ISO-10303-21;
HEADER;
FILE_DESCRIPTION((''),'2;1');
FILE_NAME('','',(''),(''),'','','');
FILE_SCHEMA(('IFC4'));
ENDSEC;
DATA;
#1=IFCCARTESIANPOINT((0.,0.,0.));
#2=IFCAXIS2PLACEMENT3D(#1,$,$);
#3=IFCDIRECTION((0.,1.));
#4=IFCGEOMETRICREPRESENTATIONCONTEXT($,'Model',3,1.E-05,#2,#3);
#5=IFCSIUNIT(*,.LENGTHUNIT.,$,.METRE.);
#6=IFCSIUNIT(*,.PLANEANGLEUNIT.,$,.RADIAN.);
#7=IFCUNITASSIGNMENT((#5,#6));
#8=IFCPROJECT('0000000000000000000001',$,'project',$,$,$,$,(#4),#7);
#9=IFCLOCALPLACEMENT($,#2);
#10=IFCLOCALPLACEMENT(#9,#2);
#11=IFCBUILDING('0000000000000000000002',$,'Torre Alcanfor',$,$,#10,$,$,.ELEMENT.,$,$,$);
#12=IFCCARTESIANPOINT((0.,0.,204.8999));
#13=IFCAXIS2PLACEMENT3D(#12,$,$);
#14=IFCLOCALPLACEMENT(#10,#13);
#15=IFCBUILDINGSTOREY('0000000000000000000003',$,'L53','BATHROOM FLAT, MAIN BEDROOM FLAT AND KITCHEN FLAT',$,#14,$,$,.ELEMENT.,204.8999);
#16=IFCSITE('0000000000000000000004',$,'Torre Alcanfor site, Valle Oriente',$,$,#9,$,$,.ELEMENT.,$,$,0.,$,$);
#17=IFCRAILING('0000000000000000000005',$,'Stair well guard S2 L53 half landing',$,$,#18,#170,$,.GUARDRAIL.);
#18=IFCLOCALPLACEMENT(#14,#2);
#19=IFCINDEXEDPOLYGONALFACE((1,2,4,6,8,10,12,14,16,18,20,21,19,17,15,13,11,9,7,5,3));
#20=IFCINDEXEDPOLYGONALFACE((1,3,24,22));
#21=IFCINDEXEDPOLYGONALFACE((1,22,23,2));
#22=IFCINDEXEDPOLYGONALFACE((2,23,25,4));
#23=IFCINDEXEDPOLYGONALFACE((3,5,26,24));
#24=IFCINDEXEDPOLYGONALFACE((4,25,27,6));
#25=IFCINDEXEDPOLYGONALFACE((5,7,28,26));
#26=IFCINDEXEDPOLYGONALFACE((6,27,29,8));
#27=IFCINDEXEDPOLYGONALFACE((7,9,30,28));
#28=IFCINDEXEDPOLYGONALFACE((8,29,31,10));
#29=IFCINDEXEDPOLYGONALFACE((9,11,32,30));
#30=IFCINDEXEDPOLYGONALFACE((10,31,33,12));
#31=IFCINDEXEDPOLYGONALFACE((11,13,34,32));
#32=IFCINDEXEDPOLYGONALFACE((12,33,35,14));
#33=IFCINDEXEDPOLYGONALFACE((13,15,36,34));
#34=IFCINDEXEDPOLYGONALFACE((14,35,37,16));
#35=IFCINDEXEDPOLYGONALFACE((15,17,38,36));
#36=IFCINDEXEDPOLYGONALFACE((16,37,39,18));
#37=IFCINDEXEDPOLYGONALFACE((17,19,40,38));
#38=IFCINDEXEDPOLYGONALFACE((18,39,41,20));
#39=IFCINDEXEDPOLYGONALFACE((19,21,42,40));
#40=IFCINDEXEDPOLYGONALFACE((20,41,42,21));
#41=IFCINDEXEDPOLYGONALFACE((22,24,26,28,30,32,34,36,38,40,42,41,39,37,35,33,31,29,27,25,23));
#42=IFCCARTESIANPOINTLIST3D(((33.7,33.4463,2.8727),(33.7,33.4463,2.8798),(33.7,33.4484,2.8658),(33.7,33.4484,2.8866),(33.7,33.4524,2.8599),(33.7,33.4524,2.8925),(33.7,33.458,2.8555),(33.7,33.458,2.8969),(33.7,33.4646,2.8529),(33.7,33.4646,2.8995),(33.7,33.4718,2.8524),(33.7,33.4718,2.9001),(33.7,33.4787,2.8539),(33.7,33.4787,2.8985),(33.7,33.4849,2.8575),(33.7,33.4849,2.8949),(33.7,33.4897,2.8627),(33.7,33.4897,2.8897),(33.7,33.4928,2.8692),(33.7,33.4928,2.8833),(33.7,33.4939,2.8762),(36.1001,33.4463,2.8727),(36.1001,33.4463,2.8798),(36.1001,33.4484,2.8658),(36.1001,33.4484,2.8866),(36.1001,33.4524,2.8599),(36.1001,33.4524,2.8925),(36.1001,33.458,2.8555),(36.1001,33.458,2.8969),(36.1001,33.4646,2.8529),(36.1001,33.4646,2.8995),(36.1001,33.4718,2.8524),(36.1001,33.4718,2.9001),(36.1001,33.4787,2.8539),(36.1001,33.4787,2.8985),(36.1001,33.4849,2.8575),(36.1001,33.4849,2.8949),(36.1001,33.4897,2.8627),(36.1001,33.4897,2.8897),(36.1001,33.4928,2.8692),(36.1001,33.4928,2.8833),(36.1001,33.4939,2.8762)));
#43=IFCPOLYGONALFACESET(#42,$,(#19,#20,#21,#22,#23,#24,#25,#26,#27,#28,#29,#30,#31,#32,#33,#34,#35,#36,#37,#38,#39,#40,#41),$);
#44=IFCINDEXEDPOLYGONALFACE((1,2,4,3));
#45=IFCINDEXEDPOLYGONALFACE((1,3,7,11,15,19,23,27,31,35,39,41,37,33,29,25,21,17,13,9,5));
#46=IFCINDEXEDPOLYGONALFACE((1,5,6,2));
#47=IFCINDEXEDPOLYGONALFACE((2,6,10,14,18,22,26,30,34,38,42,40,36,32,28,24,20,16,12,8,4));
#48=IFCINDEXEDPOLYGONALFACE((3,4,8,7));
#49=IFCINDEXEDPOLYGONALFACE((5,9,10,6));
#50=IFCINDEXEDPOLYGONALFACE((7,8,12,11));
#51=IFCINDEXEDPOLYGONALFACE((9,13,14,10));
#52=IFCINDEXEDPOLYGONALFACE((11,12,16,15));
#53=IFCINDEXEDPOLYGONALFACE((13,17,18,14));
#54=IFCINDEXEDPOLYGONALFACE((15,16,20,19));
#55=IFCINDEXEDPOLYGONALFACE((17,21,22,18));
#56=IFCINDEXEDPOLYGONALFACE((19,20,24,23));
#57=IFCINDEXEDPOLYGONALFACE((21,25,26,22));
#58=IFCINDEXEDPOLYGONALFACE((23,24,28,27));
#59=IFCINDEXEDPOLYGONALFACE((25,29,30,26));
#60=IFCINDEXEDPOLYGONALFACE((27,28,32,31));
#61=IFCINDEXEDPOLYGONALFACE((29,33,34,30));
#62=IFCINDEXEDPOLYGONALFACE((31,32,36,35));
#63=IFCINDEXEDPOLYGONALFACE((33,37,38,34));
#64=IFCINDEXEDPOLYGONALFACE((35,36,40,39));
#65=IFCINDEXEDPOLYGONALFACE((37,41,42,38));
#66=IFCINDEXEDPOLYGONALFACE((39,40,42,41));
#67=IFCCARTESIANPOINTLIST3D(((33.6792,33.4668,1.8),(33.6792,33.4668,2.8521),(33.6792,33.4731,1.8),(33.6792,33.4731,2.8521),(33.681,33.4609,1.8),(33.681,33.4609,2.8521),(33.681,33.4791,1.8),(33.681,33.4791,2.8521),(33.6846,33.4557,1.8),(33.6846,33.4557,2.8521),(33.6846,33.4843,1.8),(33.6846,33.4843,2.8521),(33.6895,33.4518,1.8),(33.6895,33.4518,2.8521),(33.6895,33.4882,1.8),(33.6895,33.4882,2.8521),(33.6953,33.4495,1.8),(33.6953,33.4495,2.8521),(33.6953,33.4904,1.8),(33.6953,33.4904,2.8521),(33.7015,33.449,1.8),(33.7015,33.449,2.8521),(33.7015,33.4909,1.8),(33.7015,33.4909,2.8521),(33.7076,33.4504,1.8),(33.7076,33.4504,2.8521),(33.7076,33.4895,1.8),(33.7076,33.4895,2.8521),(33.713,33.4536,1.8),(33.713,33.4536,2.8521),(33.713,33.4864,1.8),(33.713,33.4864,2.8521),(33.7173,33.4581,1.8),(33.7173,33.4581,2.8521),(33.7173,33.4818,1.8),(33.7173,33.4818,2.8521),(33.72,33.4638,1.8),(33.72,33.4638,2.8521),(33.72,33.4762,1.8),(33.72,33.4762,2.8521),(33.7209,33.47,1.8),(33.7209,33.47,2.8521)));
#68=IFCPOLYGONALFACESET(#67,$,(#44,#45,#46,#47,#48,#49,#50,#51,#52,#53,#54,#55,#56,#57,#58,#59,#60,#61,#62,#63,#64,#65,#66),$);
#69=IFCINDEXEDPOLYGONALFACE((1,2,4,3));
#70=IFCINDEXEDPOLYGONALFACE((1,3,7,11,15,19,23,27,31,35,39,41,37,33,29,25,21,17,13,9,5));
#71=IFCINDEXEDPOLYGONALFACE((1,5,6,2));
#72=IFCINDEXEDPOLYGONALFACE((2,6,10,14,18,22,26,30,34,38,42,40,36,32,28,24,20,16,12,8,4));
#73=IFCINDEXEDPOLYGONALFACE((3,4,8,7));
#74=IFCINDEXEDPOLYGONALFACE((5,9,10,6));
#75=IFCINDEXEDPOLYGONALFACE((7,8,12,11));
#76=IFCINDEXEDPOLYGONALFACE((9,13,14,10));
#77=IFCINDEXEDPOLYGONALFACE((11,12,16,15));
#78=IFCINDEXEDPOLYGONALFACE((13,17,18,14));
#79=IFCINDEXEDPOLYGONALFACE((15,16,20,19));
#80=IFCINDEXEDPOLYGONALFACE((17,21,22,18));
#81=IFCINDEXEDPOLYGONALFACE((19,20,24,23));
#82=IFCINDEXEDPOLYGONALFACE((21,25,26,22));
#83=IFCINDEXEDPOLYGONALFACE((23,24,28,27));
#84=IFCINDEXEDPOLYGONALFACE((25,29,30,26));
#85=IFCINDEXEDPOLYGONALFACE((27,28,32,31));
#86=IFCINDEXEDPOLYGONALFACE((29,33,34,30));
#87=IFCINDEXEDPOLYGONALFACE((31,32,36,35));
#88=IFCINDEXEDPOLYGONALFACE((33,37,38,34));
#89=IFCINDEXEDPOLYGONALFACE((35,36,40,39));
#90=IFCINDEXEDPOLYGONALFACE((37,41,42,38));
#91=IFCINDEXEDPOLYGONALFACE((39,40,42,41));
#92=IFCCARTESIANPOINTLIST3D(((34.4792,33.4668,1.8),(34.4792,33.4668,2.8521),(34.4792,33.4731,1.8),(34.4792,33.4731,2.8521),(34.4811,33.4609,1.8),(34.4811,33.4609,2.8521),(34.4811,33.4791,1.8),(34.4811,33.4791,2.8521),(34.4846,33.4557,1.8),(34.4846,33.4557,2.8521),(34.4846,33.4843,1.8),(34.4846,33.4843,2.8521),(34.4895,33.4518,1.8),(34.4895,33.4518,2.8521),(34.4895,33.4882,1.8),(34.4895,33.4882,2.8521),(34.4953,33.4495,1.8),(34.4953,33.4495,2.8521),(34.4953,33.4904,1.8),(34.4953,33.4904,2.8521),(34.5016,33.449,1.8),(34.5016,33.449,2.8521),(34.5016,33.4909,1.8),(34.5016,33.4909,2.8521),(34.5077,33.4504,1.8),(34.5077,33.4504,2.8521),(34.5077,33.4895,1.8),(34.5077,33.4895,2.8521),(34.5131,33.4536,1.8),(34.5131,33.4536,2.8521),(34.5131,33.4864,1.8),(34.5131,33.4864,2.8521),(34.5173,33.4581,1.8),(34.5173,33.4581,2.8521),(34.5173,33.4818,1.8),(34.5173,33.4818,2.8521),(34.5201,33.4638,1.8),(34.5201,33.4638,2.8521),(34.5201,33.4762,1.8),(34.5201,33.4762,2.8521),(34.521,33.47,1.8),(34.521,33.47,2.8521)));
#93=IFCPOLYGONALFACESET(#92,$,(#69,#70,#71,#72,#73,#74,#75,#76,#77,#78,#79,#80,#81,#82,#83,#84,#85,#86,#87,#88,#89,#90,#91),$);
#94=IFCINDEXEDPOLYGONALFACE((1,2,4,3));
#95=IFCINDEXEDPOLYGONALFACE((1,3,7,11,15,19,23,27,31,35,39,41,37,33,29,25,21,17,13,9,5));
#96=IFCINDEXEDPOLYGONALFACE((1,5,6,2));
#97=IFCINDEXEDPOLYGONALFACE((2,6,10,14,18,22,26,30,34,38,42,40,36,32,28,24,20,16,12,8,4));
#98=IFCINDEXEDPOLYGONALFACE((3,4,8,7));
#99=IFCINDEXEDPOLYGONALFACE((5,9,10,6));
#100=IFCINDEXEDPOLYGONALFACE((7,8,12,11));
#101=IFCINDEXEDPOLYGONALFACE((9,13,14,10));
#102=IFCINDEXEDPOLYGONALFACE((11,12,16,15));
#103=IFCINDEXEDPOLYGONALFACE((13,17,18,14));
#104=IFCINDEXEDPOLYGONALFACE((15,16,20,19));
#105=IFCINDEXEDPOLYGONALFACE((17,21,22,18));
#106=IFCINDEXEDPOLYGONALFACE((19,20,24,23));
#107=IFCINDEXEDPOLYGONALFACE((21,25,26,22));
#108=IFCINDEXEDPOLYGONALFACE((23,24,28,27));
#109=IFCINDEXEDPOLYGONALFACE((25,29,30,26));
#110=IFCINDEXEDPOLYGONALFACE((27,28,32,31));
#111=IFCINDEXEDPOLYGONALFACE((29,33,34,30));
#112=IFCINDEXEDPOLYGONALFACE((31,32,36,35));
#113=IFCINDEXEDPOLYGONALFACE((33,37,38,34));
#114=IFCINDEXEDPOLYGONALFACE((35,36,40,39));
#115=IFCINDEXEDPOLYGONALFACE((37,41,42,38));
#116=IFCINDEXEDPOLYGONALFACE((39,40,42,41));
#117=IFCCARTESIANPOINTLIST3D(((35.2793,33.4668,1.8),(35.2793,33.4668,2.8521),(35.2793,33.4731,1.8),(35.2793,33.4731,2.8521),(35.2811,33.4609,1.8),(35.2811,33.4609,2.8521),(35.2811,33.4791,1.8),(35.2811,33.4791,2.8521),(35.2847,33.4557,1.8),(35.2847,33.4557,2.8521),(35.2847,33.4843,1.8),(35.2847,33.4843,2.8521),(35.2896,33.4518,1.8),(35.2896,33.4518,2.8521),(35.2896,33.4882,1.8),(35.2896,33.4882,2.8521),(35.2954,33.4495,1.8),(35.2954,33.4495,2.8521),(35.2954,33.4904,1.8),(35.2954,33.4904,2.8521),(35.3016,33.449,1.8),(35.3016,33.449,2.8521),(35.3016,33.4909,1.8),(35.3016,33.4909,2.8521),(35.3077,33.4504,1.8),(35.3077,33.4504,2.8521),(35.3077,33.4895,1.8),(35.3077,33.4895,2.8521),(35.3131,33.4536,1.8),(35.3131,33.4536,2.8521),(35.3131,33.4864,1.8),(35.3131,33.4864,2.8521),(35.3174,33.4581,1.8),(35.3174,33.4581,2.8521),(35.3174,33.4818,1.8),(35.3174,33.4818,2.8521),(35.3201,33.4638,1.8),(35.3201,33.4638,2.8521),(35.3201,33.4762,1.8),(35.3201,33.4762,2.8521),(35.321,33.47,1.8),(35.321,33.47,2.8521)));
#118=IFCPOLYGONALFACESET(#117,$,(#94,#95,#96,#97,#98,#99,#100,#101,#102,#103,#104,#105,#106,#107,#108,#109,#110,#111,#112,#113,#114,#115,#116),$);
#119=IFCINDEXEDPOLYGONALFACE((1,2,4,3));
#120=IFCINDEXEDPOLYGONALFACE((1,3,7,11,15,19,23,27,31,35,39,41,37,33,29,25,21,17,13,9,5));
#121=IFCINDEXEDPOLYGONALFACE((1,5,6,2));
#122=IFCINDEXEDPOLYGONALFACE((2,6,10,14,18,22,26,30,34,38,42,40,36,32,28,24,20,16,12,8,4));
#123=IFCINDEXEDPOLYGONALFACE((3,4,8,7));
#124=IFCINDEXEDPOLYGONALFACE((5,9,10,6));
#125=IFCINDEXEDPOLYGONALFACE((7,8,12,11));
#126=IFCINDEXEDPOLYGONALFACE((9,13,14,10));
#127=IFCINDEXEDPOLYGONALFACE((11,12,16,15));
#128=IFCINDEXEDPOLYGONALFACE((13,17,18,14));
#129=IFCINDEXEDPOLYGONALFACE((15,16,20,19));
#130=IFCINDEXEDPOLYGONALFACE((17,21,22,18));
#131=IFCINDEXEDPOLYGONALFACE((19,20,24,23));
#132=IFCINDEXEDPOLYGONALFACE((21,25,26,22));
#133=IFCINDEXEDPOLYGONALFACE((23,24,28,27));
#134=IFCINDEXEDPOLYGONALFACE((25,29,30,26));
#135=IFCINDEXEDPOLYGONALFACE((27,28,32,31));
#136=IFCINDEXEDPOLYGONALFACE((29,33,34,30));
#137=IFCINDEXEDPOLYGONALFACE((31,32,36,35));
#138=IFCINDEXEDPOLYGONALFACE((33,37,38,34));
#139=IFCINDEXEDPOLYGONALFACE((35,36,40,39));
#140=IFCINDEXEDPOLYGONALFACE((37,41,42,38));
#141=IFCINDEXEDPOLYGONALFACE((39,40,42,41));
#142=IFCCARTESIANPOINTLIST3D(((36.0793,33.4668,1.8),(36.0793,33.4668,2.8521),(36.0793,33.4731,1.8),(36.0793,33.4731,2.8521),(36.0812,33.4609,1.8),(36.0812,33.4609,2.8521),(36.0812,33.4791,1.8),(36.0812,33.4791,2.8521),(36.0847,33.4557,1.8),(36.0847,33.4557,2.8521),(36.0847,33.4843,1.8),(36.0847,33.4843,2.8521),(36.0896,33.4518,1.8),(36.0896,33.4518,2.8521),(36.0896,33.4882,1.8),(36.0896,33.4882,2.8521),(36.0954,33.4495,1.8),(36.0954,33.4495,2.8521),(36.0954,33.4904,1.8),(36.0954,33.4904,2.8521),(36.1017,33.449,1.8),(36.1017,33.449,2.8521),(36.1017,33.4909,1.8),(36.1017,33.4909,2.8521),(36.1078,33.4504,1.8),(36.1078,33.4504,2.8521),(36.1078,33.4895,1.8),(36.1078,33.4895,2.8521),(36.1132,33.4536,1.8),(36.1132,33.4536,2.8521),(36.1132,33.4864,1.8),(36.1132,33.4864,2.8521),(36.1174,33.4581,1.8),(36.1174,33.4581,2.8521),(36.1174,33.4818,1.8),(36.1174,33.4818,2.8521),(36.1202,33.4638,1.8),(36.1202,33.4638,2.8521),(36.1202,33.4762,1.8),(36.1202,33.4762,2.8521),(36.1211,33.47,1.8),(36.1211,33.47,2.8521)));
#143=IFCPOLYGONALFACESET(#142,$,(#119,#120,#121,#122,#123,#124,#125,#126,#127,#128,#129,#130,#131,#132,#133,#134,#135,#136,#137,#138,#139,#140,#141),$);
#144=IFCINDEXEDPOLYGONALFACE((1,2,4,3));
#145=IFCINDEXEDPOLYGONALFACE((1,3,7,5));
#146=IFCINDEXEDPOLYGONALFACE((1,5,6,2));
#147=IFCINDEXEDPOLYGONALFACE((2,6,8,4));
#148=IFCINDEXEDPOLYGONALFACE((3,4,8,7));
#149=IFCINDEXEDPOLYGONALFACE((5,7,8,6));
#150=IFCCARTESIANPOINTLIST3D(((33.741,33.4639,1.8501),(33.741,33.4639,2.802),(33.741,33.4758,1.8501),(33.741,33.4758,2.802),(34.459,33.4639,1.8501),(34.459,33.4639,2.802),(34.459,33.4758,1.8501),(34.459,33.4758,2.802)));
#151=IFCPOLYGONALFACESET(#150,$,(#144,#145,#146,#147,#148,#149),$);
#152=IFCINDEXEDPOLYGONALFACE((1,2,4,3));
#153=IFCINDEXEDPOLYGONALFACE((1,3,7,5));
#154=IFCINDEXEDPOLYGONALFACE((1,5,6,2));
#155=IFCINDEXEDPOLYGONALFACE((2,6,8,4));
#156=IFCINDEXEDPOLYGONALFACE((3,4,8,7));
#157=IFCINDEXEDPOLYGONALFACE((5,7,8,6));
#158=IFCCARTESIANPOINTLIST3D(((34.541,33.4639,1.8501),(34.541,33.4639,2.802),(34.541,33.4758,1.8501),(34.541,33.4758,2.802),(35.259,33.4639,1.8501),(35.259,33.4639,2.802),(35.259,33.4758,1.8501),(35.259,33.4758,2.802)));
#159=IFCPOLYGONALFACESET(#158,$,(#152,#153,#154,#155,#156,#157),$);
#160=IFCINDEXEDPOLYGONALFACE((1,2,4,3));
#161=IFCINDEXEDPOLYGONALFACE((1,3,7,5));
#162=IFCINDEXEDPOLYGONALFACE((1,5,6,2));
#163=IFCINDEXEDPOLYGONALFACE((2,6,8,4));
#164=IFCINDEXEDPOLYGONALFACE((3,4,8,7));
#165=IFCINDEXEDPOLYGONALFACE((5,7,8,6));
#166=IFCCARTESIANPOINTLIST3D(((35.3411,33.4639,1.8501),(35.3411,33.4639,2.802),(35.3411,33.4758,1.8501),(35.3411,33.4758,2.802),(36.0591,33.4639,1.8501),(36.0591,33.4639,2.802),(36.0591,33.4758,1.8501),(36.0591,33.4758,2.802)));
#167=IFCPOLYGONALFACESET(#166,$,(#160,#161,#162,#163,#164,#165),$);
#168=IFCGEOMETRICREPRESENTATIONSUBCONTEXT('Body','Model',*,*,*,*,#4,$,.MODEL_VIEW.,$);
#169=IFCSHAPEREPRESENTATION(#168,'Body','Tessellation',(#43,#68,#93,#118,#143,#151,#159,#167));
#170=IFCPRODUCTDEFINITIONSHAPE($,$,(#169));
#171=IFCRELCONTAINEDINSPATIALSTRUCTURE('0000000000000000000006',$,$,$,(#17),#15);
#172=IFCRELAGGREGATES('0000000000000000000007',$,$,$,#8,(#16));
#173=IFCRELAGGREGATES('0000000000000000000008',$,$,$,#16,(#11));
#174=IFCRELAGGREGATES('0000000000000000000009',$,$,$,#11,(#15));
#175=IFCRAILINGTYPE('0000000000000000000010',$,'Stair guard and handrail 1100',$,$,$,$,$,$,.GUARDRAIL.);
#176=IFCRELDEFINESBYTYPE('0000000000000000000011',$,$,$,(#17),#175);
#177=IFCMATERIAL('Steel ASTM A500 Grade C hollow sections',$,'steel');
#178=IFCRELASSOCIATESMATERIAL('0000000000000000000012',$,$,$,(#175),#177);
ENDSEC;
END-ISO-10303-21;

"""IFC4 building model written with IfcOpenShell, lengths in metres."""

from ifc_helpers import new_model, si_unit, direction, frame, origin, origin_2d, place, context, subcontext, project, spatial, polyline, circle, outline, extrude, material, type_object, element, save


model = new_model("IFC4")

# Units and contexts
model_context = context("Model", 3, precision=1e-05, world=origin(), true_north=direction((0.0, 1.0)))
body_context = subcontext(model_context, "Body", "Model", "MODEL_VIEW")
ifc_project = project(units=[si_unit("LENGTHUNIT", "METRE"), si_unit("PLANEANGLEUNIT", "RADIAN")], contexts=[model_context])

# Site, building, storey
site_placement = place(None, origin())
site = spatial("IfcSite", under=ifc_project, at=site_placement, Name="Torre Alcanfor site, Valle Oriente", CompositionType="ELEMENT", RefElevation=0.0)
building_placement = place(site_placement, origin())
building = spatial("IfcBuilding", under=site, at=building_placement, Name="Torre Alcanfor", CompositionType="ELEMENT")
storey_placement = place(building_placement, frame((0.0, 0.0, 204.8999)))
storey = spatial("IfcBuildingStorey", under=building, at=storey_placement, Name="L53", Description="BATHROOM FLAT, MAIN BEDROOM FLAT AND KITCHEN FLAT", CompositionType="ELEMENT", Elevation=204.8999)

# Railing
ifc_material_1 = material(Name="Steel ASTM A500 Grade C hollow sections", Category="steel")
railing_type_1 = type_object("IfcRailingType", Name="Stair guard and handrail 1100", PredefinedType="GUARDRAIL", material=ifc_material_1)
for number, where, name in (
    (1, (33.7, 33.47, 1.8), "Stair well guard S2 L53 half landing"),
):
    element("IfcRailing", number, at=place(storey_placement, frame(where)), inside=storey, type_object=railing_type_1, Name=name, PredefinedType="GUARDRAIL", context=body_context, shape_type="SweptSolid", body=[
        extrude(circle(Radius=0.0239, at=origin_2d()), frame((0.0, 0.0, 1.0762), z_axis=(1.0, 0.0, 0.0), x_axis=(0.0, 1.0, 0.0)), (0.0, 0.0, 1.0), 2.4001),
        extrude(circle(Radius=0.021, at=origin_2d()), origin(), (0.0, 0.0, 1.0), 1.052),
        extrude(circle(Radius=0.021, at=origin_2d()), frame((0.8, 0.0, 0.0)), (0.0, 0.0, 1.0), 1.052),
        extrude(circle(Radius=0.021, at=origin_2d()), frame((1.6001, 0.0, 0.0)), (0.0, 0.0, 1.0), 1.052),
        extrude(circle(Radius=0.021, at=origin_2d()), frame((2.4001, 0.0, 0.0)), (0.0, 0.0, 1.0), 1.052),
        extrude(outline(polyline([(0.041, 0.05), (0.759, 0.05), (0.759, 1.002), (0.041, 1.002), (0.041, 0.05)])), frame((0.0, 0.0059, 0.0), z_axis=(0.0, -1.0, 0.0), x_axis=(1.0, 0.0, 0.0)), (0.0, 0.0, 1.0), 0.012),
        extrude(outline(polyline([(0.8411, 0.05), (1.5591, 0.05), (1.5591, 1.002), (0.8411, 1.002), (0.8411, 0.05)])), frame((0.0, 0.0059, 0.0), z_axis=(0.0, -1.0, 0.0), x_axis=(1.0, 0.0, 0.0)), (0.0, 0.0, 1.0), 0.012),
        extrude(outline(polyline([(1.6411, 0.05), (2.3591, 0.05), (2.3591, 1.002), (1.6411, 1.002), (1.6411, 0.05)])), frame((0.0, 0.0059, 0.0), z_axis=(0.0, -1.0, 0.0), x_axis=(1.0, 0.0, 0.0)), (0.0, 0.0, 1.0), 0.012),
    ])

save(model, "model.ifc")
